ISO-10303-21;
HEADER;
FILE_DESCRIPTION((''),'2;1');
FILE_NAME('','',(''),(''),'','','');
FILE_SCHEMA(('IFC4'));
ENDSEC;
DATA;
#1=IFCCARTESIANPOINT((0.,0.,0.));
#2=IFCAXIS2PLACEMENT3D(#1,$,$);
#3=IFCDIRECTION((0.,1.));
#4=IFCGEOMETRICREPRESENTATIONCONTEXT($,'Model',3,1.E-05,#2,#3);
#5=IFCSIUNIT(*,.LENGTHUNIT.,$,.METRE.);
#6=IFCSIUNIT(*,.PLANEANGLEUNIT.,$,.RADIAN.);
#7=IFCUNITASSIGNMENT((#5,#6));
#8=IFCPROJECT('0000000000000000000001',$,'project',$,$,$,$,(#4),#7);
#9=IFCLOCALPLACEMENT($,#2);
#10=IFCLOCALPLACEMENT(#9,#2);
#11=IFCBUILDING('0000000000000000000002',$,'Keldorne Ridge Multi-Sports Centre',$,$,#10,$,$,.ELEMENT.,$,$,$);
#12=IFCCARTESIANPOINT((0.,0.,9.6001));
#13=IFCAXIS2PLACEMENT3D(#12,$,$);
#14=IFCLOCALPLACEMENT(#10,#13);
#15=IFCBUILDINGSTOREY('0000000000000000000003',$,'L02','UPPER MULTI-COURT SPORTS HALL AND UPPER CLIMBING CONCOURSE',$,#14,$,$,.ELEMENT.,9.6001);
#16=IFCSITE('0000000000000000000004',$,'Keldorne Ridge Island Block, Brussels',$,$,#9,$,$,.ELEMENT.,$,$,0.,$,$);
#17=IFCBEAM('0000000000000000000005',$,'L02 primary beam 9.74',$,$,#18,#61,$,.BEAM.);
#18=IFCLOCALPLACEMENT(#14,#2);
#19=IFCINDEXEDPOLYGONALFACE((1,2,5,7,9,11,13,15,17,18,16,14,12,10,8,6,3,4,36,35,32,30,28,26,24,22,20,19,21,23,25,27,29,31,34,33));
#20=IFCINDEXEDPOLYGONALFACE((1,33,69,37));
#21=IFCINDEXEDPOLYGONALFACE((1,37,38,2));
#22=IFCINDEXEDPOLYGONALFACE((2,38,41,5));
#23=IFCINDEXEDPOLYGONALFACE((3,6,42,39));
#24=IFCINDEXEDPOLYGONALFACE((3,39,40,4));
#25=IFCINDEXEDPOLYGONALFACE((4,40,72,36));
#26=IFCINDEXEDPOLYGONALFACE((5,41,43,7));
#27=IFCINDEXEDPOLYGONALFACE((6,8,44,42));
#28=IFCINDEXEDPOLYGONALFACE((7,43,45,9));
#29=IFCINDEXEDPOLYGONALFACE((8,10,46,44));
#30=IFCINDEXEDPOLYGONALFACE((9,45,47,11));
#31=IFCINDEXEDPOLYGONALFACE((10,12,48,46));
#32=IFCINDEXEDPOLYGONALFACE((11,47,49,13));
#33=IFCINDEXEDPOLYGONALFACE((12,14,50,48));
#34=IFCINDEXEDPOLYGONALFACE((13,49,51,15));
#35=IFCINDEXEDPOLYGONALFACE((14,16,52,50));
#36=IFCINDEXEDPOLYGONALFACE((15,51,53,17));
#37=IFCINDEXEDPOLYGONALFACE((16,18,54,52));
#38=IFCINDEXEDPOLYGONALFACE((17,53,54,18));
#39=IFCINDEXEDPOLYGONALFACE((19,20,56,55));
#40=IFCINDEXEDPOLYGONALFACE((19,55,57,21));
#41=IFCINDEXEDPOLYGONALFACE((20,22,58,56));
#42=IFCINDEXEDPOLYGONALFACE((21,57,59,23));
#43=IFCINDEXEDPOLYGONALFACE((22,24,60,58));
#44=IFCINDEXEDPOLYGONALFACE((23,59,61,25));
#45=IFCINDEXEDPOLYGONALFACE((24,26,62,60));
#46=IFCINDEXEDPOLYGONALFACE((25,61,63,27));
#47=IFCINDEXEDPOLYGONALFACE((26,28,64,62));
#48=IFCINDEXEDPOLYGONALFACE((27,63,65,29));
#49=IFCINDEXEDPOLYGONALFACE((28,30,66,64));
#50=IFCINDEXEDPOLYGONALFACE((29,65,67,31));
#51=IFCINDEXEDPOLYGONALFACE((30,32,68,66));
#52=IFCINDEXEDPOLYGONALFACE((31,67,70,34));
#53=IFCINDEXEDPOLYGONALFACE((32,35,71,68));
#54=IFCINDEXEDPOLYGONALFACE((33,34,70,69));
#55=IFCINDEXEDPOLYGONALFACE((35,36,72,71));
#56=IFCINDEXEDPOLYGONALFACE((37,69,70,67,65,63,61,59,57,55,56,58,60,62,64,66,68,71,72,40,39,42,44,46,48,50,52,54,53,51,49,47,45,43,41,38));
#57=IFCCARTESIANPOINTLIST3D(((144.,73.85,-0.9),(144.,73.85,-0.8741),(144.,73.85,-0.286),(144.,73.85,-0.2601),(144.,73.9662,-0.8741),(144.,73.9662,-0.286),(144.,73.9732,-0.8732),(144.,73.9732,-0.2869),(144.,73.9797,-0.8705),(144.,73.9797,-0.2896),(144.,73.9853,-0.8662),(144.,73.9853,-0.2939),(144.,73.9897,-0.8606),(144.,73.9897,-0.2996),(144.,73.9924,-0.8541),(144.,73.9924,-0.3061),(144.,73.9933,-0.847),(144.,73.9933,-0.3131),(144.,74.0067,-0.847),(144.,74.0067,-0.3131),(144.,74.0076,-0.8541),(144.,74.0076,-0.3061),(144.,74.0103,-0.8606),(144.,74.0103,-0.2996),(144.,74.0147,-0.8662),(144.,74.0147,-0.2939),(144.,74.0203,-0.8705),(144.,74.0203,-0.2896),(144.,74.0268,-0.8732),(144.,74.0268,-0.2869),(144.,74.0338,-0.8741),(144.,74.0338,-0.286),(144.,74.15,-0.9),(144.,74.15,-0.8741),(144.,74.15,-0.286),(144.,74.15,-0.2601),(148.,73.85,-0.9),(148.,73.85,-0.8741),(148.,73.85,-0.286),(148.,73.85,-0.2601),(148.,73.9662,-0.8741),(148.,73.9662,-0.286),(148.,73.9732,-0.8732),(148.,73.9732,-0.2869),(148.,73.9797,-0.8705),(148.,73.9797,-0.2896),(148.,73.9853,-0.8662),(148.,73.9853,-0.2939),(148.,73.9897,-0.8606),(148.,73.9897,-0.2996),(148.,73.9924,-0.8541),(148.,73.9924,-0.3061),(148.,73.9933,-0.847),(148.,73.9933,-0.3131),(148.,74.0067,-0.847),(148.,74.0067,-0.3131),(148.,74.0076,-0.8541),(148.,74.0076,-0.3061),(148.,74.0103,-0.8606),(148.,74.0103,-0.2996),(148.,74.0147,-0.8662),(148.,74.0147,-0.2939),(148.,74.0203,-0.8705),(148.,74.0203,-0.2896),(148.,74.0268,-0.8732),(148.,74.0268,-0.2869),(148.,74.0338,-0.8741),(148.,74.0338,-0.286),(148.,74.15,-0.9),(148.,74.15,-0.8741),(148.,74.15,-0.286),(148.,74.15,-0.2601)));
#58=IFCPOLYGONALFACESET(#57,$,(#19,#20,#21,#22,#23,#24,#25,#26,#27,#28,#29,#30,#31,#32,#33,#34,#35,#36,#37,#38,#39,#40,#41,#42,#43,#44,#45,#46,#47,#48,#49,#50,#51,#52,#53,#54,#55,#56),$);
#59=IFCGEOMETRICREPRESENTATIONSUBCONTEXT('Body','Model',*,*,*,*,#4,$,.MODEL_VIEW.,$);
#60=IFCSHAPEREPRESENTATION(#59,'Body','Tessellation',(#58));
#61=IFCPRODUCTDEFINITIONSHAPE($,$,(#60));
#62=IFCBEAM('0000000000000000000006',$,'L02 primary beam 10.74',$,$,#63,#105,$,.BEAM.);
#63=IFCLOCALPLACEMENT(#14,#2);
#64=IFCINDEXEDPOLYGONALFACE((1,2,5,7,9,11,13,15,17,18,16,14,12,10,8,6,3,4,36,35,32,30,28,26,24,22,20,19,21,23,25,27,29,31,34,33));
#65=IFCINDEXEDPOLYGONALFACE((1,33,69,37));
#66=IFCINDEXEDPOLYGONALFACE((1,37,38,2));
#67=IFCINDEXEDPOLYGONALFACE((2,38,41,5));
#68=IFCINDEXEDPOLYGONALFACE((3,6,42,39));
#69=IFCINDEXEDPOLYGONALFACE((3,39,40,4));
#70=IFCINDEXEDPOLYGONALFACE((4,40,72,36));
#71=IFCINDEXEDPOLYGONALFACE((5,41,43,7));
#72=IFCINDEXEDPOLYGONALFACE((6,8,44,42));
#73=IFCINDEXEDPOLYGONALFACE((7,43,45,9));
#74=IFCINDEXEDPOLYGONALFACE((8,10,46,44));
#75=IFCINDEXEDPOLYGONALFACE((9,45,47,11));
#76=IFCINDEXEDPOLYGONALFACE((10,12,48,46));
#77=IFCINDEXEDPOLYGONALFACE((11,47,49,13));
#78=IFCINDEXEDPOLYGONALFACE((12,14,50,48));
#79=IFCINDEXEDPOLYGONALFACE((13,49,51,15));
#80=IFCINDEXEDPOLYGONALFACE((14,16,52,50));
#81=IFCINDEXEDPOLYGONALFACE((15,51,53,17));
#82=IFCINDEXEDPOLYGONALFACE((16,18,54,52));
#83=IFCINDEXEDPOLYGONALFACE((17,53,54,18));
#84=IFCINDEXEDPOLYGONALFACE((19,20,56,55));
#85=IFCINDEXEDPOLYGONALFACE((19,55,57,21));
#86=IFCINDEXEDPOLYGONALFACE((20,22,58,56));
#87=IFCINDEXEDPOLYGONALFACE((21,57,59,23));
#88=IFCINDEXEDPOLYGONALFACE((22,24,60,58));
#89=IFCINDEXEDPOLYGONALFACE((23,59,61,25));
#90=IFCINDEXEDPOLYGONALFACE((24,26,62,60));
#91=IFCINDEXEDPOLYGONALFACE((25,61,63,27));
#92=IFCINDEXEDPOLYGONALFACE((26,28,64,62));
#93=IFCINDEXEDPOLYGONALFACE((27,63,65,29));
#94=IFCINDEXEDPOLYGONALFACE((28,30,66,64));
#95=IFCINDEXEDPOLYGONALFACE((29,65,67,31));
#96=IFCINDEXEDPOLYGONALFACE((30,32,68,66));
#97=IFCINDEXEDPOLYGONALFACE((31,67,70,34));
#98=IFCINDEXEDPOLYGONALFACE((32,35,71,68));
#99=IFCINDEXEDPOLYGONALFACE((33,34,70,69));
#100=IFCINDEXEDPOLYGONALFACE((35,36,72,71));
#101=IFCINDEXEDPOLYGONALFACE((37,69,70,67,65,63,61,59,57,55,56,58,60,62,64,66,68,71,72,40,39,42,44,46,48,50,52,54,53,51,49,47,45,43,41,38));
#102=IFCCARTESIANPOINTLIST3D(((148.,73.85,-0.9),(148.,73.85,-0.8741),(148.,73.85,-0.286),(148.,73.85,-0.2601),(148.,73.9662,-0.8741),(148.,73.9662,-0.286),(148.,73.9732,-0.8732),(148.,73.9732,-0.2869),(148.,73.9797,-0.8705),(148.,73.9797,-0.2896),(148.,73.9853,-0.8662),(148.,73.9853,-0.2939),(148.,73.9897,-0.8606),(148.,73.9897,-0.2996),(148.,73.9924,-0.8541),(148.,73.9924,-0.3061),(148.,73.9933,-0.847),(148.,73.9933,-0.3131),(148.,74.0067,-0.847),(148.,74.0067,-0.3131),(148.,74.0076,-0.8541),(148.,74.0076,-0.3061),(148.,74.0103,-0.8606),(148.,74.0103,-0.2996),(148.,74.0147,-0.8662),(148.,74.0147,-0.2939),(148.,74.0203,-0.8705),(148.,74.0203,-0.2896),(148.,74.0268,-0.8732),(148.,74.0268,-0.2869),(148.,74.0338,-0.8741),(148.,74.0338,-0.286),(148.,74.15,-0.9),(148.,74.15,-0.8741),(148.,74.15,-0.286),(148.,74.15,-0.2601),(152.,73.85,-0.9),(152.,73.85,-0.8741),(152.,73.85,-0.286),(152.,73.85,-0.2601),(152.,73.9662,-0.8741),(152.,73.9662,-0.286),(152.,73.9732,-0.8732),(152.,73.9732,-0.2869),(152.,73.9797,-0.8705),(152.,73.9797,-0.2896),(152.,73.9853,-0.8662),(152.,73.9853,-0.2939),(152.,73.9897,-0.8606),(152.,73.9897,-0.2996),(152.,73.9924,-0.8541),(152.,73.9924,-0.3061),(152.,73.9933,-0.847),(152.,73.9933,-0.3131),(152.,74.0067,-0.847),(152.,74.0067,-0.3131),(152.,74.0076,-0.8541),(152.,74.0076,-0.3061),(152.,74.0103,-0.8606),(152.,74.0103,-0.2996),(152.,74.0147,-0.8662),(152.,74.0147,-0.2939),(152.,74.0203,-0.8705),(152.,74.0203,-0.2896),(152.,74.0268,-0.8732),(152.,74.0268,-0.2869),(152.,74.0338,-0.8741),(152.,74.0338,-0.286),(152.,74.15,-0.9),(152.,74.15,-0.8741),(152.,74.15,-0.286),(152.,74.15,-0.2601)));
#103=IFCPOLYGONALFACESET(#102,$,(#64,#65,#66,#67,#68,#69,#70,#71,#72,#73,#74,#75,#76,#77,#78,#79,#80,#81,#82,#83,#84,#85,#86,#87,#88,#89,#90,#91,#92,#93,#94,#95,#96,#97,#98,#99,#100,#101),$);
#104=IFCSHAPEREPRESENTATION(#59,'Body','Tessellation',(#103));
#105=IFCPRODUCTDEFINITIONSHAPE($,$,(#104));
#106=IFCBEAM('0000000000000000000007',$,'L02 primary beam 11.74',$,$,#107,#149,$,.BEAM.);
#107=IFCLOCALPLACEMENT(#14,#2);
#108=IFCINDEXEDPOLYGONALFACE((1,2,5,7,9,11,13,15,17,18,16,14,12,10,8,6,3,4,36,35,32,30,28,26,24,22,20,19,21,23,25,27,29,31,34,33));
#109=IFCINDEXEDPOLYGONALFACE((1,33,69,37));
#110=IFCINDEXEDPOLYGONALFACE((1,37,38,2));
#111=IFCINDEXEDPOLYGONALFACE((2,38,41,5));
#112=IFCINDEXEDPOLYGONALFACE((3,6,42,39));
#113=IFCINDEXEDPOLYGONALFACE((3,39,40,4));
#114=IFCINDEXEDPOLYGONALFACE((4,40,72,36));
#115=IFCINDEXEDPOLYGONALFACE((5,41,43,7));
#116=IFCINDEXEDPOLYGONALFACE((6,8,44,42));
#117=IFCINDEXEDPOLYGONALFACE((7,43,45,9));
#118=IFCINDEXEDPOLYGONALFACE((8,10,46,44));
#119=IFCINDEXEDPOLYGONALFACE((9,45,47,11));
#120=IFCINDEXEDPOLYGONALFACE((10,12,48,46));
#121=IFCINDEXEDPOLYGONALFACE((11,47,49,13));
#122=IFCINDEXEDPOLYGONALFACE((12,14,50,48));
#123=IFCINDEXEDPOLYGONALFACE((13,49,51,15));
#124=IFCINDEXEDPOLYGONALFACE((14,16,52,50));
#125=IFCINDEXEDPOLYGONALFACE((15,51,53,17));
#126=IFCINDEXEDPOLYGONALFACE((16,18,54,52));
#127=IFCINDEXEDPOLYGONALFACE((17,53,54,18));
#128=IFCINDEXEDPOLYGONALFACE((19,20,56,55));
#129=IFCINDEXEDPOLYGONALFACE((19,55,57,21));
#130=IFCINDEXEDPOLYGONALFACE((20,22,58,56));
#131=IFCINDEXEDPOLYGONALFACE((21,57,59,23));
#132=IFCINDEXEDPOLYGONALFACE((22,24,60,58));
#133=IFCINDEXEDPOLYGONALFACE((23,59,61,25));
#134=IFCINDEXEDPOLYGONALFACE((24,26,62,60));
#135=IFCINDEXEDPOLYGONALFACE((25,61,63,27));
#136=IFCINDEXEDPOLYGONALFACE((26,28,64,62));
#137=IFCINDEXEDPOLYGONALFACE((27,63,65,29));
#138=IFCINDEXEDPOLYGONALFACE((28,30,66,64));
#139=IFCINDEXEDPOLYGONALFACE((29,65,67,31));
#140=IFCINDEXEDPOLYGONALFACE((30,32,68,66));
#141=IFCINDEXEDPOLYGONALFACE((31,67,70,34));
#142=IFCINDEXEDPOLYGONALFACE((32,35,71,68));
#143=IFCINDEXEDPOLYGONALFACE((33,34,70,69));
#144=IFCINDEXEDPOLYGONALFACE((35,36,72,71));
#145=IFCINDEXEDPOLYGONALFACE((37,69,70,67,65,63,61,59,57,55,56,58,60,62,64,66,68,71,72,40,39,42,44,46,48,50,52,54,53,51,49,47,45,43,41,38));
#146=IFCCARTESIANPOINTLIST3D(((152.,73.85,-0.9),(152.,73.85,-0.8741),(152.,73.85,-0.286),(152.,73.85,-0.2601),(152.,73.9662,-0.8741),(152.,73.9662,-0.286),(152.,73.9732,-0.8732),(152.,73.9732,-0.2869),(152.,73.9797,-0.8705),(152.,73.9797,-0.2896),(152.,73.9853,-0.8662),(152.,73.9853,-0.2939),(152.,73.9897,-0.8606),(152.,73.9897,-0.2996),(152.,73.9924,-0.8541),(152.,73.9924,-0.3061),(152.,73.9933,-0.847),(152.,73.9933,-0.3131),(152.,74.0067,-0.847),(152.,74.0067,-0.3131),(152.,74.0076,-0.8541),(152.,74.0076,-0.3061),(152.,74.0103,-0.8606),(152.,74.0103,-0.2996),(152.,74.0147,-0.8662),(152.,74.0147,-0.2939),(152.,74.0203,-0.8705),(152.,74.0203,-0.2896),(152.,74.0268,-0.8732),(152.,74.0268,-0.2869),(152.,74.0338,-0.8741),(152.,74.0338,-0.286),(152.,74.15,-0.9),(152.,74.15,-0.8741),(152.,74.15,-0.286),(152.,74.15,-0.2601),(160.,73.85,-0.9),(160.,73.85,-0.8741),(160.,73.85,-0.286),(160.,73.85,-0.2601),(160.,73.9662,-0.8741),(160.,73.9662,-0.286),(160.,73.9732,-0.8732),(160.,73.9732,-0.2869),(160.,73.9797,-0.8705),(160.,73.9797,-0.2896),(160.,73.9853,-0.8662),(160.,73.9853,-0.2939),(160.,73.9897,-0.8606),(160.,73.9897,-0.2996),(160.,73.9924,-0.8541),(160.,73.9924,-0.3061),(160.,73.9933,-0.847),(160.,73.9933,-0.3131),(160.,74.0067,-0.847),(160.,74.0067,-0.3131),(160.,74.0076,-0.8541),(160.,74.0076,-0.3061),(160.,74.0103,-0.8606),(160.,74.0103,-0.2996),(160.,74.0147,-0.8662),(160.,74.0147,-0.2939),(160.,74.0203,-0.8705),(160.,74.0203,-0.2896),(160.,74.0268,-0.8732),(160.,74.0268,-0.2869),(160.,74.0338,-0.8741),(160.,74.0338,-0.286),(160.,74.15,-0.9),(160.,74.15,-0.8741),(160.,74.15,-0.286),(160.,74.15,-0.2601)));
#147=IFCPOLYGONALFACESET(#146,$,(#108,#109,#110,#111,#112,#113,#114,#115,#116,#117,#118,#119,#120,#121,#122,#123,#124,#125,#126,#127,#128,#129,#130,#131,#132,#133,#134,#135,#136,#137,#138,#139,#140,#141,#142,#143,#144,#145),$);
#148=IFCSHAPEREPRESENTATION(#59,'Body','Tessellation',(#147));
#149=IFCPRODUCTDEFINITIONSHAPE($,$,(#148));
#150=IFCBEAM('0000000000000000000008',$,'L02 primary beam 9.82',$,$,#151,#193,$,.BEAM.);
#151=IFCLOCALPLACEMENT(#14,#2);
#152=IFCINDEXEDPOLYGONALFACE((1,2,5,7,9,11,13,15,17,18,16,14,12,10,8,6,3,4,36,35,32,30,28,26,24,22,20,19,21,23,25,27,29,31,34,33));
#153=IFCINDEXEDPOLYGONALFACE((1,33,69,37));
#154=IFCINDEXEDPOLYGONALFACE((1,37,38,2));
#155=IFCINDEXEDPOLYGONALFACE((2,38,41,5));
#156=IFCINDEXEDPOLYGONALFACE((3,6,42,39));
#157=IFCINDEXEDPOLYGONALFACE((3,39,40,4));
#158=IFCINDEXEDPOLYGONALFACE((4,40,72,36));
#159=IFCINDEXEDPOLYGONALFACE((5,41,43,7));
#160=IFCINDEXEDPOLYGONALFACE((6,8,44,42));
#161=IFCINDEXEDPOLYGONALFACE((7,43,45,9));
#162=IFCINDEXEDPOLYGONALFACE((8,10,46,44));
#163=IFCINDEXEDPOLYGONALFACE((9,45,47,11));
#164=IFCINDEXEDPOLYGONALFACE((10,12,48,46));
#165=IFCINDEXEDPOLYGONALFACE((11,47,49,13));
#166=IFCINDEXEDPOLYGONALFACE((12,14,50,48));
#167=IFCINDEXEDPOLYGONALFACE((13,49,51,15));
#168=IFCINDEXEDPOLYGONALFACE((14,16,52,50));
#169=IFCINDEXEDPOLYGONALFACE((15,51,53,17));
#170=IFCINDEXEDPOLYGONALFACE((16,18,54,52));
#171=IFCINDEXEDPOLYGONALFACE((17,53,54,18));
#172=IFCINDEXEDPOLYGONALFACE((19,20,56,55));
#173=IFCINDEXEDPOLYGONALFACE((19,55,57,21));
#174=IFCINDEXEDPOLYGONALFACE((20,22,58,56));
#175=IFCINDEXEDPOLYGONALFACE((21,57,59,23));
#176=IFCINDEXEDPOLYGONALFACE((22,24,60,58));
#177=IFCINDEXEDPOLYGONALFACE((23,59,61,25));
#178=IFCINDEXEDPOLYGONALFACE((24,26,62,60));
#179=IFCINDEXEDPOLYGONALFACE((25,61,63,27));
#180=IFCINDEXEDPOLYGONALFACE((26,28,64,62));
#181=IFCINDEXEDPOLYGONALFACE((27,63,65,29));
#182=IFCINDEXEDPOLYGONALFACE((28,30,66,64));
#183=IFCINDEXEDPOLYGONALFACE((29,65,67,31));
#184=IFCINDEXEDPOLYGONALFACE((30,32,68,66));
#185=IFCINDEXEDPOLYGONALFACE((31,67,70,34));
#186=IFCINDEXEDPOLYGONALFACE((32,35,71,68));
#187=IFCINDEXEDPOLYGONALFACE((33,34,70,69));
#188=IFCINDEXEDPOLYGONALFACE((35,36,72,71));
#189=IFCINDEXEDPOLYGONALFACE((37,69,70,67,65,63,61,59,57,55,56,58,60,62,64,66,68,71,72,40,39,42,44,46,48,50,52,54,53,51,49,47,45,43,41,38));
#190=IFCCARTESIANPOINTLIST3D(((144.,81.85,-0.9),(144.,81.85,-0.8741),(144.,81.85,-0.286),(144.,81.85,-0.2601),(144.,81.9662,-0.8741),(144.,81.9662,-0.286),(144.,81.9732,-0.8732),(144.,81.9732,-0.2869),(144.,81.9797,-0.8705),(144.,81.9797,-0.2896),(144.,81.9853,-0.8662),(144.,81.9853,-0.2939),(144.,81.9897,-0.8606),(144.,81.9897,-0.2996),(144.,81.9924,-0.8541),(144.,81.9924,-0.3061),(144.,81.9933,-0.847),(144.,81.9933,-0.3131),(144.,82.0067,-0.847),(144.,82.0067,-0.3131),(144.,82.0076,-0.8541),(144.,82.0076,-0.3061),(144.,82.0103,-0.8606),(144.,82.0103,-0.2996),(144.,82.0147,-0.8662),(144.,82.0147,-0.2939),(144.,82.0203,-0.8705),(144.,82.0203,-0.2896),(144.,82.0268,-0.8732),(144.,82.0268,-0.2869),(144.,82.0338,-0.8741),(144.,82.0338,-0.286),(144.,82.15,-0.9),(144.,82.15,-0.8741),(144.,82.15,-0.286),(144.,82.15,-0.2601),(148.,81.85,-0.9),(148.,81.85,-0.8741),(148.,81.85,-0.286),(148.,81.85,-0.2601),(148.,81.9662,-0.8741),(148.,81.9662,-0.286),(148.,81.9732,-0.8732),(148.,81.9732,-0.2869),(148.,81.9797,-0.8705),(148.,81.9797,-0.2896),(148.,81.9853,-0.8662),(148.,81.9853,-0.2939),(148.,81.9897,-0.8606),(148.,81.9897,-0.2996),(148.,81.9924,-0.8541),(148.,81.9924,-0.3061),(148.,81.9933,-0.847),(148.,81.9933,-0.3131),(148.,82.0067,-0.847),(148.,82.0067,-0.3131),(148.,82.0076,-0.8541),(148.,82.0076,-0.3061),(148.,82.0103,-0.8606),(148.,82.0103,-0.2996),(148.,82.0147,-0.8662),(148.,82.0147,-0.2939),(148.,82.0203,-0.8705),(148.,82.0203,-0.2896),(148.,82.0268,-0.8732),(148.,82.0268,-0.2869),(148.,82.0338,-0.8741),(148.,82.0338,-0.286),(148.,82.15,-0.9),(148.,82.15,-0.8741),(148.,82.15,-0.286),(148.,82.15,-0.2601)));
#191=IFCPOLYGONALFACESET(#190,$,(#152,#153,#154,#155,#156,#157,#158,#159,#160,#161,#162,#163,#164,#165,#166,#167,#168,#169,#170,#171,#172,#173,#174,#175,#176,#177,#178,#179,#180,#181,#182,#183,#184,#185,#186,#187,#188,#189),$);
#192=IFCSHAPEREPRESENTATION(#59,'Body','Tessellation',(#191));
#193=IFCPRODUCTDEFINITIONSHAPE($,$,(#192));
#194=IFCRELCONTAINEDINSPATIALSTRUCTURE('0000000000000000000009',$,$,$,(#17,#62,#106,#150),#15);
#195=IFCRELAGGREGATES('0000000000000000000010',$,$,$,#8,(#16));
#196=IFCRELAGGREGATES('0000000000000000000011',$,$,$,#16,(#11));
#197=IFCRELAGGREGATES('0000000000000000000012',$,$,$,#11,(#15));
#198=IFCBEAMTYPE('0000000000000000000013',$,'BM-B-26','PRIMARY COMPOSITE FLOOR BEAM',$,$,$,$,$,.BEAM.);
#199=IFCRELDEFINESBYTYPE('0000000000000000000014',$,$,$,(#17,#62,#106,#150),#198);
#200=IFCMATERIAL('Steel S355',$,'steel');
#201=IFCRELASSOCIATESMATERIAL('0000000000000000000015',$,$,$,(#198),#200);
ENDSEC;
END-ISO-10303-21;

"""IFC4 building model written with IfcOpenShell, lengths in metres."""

from ifc_helpers import new_model, si_unit, direction, frame, origin, origin_2d, place, context, subcontext, project, spatial, i_section, extrude, material, material_profile, profile_set, type_object, element, save


model = new_model("IFC4")

# Units and contexts
model_context = context("Model", 3, precision=1e-05, world=origin(), true_north=direction((0.0, 1.0)))
body_context = subcontext(model_context, "Body", "Model", "MODEL_VIEW")
ifc_project = project(units=[si_unit("LENGTHUNIT", "METRE"), si_unit("PLANEANGLEUNIT", "RADIAN")], contexts=[model_context])

# Site, building, storey
site_placement = place(None, origin())
site = spatial("IfcSite", under=ifc_project, at=site_placement, Name="Keldorne Ridge Island Block, Brussels", CompositionType="ELEMENT", RefElevation=0.0)
building_placement = place(site_placement, origin())
building = spatial("IfcBuilding", under=site, at=building_placement, Name="Keldorne Ridge Multi-Sports Centre", CompositionType="ELEMENT")
storey_placement = place(building_placement, frame((0.0, 0.0, 9.6001)))
storey = spatial("IfcBuildingStorey", under=building, at=storey_placement, Name="L02", Description="UPPER MULTI-COURT SPORTS HALL AND UPPER CLIMBING CONCOURSE", CompositionType="ELEMENT", Elevation=9.6001)

# Shared definitions
ifc_material_1 = material(Name="Steel S355", Category="steel")

# Beams
ifc_material_profile_1 = material_profile(ifc_material_1, i_section(OverallWidth=0.3, OverallDepth=0.6399, WebThickness=0.0134, FlangeThickness=0.0259, FilletRadius=0.0271, at=origin_2d()), Name="HEA 650")
ifc_profile_set_1 = profile_set([ifc_material_profile_1], Name="Steel S355")
beam_type_1 = type_object("IfcBeamType", Name="BM-B-26", Description="PRIMARY COMPOSITE FLOOR BEAM", PredefinedType="BEAM", material=ifc_profile_set_1)
for number, where, z_axis, x_axis, name in (
    (1, (144.0, 74.0, -0.5801), (1.0, 0.0, 0.0), (0.0, 1.0, 0.0), "L02 primary beam 9.74"),
    (2, (148.0, 74.0, -0.5801), (1.0, 0.0, 0.0), (0.0, 1.0, 0.0), "L02 primary beam 10.74"),
):
    element("IfcBeam", number, at=place(storey_placement, frame(where, z_axis=z_axis, x_axis=x_axis)), inside=storey, type_object=beam_type_1, Name=name, PredefinedType="BEAM", context=body_context, shape_type="SweptSolid", body=[
        extrude(i_section(OverallWidth=0.3, OverallDepth=0.6399, WebThickness=0.0134, FlangeThickness=0.0259, FilletRadius=0.0271, at=origin_2d()), origin(), (0.0, 0.0, 1.0), 4.0),
    ])
beam_1_placement = place(storey_placement, frame((152.0, 74.0, -0.5801), z_axis=(1.0, 0.0, 0.0), x_axis=(0.0, 1.0, 0.0)))
element("IfcBeam", 3, at=beam_1_placement, inside=storey, type_object=beam_type_1, Name="L02 primary beam 11.74", PredefinedType="BEAM", context=body_context, shape_type="SweptSolid", body=[
    extrude(i_section(OverallWidth=0.3, OverallDepth=0.6399, WebThickness=0.0134, FlangeThickness=0.0259, FilletRadius=0.0271, at=origin_2d()), origin(), (0.0, 0.0, 1.0), 8.0),
])
for number, where, z_axis, x_axis, name in (
    (4, (144.0, 82.0, -0.5801), (1.0, 0.0, 0.0), (0.0, 1.0, 0.0), "L02 primary beam 9.82"),
):
    element("IfcBeam", number, at=place(storey_placement, frame(where, z_axis=z_axis, x_axis=x_axis)), inside=storey, type_object=beam_type_1, Name=name, PredefinedType="BEAM", context=body_context, shape_type="SweptSolid", body=[
        extrude(i_section(OverallWidth=0.3, OverallDepth=0.6399, WebThickness=0.0134, FlangeThickness=0.0259, FilletRadius=0.0271, at=origin_2d()), origin(), (0.0, 0.0, 1.0), 4.0),
    ])

save(model, "model.ifc")
